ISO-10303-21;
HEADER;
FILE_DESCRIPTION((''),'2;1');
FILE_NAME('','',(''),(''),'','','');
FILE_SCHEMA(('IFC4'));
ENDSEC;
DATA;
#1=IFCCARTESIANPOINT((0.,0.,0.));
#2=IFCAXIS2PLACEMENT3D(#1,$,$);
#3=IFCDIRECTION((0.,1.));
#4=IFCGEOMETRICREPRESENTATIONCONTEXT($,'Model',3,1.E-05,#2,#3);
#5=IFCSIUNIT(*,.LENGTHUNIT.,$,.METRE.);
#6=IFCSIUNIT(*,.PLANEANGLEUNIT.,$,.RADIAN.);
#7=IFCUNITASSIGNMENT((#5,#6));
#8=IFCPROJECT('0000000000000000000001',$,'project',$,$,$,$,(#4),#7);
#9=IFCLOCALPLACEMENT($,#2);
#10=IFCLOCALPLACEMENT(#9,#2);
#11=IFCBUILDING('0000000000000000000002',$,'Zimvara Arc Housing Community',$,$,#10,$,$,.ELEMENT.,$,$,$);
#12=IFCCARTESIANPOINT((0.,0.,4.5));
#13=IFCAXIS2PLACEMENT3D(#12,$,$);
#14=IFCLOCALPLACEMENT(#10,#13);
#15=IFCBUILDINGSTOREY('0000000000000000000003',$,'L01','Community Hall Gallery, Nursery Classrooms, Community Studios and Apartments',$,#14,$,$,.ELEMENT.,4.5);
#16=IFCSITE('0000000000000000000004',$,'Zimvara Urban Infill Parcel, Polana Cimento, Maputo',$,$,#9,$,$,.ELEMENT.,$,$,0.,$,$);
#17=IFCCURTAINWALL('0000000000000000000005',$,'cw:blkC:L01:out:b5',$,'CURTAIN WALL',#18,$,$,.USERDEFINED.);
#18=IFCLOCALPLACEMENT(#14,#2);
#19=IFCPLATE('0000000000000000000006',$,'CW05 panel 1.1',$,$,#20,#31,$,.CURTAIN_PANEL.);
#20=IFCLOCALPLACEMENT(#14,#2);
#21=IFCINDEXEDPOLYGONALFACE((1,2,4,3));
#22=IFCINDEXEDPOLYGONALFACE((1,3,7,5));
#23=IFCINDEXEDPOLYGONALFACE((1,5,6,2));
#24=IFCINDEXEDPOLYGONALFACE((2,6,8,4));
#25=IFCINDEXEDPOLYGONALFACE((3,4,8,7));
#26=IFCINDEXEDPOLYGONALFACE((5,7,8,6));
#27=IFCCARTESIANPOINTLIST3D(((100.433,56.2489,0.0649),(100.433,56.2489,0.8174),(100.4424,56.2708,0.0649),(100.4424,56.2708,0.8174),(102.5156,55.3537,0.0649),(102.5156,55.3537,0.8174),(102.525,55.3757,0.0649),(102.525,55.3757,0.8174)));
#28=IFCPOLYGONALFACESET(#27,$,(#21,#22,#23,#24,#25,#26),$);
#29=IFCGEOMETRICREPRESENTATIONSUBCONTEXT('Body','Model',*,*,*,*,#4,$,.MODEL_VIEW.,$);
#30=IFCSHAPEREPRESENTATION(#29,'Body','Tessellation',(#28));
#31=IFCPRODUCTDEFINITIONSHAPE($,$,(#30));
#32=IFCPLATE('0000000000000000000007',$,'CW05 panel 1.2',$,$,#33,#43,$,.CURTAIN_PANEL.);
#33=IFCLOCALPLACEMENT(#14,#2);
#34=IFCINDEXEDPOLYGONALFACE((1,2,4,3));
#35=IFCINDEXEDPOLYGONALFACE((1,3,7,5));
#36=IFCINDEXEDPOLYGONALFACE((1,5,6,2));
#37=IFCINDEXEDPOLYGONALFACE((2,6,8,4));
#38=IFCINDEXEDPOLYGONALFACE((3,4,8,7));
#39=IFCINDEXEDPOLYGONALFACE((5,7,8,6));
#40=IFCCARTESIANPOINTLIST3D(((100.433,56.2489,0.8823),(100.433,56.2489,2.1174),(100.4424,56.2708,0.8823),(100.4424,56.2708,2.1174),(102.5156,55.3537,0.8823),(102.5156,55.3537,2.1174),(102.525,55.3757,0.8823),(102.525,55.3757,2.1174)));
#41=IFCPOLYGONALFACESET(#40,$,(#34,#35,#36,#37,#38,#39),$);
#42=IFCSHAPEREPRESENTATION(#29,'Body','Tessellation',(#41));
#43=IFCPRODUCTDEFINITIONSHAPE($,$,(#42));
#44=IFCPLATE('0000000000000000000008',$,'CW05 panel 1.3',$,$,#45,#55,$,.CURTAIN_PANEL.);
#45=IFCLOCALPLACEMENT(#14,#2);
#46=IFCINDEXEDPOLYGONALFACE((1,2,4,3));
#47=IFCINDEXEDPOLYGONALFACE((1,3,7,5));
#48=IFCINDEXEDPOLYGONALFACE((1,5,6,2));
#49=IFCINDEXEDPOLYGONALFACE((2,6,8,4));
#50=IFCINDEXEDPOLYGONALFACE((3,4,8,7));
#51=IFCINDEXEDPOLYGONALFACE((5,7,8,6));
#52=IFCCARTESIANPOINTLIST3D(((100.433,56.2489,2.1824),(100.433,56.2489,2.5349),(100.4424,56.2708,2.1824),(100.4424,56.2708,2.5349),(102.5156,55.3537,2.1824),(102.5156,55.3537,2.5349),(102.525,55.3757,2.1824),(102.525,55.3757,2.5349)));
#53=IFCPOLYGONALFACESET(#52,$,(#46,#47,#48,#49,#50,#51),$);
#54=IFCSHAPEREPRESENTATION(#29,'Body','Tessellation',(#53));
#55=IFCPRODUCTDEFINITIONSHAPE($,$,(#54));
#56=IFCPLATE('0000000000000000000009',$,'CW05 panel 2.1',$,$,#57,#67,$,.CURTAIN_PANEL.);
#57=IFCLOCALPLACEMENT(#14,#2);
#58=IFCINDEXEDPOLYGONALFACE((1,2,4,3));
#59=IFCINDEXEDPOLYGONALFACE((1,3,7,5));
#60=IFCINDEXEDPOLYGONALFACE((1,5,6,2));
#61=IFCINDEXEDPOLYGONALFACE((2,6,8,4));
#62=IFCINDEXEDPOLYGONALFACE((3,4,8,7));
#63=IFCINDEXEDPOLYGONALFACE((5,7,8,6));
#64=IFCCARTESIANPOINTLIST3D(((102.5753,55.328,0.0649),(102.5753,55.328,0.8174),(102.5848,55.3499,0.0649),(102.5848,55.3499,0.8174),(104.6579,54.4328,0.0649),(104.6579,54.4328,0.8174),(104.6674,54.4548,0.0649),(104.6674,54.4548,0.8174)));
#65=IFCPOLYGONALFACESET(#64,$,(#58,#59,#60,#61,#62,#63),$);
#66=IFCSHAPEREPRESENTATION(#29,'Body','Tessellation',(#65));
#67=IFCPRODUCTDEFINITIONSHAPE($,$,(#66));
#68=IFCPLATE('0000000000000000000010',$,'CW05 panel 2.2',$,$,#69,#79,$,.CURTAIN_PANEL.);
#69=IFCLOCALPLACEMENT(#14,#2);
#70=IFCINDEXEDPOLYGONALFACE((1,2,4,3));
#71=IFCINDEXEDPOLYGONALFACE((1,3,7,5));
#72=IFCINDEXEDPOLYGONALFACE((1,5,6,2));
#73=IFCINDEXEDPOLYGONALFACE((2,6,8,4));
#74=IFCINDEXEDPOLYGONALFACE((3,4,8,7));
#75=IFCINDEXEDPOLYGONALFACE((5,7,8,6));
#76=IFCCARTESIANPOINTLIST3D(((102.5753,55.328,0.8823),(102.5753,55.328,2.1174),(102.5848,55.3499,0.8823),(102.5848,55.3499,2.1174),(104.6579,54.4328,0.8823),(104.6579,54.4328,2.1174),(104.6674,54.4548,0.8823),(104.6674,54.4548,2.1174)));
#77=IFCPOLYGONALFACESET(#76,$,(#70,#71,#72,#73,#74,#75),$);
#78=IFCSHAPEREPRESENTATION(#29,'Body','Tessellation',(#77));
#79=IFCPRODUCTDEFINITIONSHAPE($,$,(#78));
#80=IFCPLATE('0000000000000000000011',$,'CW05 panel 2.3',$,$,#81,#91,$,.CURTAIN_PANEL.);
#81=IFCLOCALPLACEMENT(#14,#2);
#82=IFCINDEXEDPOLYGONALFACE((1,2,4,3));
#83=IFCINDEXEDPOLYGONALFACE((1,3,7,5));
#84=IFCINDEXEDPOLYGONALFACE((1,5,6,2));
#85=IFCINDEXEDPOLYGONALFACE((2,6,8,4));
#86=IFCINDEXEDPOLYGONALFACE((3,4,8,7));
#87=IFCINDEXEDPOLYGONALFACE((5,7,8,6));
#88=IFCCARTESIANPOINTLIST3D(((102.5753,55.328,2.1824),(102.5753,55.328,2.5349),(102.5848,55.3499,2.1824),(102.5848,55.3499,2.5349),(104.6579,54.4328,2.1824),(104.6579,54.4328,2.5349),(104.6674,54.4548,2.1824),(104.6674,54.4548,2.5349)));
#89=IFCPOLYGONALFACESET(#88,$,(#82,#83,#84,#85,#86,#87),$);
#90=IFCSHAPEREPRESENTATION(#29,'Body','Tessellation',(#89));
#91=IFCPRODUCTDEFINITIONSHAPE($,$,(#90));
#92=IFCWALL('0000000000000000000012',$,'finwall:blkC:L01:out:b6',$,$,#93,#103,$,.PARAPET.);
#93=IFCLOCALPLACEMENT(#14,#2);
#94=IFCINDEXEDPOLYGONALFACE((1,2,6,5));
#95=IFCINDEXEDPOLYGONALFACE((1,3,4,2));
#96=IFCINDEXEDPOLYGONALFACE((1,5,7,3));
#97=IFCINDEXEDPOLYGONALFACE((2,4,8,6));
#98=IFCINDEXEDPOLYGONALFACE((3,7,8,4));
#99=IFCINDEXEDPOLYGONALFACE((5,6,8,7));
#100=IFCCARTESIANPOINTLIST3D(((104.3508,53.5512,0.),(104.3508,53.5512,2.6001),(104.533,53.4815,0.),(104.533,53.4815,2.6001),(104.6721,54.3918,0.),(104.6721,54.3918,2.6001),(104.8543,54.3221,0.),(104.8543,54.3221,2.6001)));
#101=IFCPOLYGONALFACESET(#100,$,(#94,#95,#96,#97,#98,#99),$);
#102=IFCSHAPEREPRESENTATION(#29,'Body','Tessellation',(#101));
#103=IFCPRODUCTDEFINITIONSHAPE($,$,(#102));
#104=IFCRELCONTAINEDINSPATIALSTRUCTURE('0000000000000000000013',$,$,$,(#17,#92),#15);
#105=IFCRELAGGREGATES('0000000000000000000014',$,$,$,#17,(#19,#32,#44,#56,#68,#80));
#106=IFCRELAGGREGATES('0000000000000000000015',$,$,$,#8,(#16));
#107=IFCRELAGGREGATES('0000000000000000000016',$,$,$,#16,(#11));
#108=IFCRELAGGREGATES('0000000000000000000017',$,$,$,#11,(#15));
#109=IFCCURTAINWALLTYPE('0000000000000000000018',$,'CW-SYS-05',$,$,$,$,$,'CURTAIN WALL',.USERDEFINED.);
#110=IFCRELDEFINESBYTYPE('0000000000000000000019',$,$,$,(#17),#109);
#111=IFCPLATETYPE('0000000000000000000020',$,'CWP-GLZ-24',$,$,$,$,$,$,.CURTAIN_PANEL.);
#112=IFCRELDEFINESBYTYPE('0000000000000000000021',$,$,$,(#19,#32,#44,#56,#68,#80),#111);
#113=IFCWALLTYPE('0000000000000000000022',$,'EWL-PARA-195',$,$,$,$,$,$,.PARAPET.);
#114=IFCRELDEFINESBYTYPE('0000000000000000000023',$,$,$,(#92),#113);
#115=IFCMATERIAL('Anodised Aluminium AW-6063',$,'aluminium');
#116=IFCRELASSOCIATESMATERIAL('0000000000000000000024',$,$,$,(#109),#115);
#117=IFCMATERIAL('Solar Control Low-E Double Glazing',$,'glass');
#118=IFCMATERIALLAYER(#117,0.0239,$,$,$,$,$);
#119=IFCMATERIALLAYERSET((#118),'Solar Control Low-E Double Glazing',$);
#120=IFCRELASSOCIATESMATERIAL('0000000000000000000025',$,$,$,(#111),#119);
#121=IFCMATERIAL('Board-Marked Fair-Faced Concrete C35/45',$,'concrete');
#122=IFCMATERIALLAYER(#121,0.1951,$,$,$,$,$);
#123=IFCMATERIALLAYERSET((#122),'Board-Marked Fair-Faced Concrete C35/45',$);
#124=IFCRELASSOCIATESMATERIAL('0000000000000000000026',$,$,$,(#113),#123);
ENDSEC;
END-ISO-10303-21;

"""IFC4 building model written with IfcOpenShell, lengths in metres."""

from ifc_helpers import new_model, si_unit, direction, frame, frame_2d, origin, origin_2d, place, context, subcontext, project, spatial, rectangle, extrude, material, layer, layer_set, type_object, element, aggregate, save


model = new_model("IFC4")

# Units and contexts
model_context = context("Model", 3, precision=1e-05, world=origin(), true_north=direction((0.0, 1.0)))
body_context = subcontext(model_context, "Body", "Model", "MODEL_VIEW")
ifc_project = project(units=[si_unit("LENGTHUNIT", "METRE"), si_unit("PLANEANGLEUNIT", "RADIAN")], contexts=[model_context])

# Site, building, storey
site_placement = place(None, origin())
site = spatial("IfcSite", under=ifc_project, at=site_placement, Name="Zimvara Urban Infill Parcel, Polana Cimento, Maputo", CompositionType="ELEMENT", RefElevation=0.0)
building_placement = place(site_placement, origin())
building = spatial("IfcBuilding", under=site, at=building_placement, Name="Zimvara Arc Housing Community", CompositionType="ELEMENT")
storey_placement = place(building_placement, frame((0.0, 0.0, 4.5)))
storey = spatial("IfcBuildingStorey", under=building, at=storey_placement, Name="L01", Description="Community Hall Gallery, Nursery Classrooms, Community Studios and Apartments", CompositionType="ELEMENT", Elevation=4.5)

# Curtain wall
ifc_material_1 = material(Name="Anodised Aluminium AW-6063", Category="aluminium")
curtain_wall_type_1 = type_object("IfcCurtainWallType", Name="CW-SYS-05", ElementType="CURTAIN WALL", PredefinedType="USERDEFINED", material=ifc_material_1)
curtain_wall_1_placement = place(storey_placement, origin())
curtain_wall_1 = element("IfcCurtainWall", 1, at=curtain_wall_1_placement, inside=storey, type_object=curtain_wall_type_1, Name="cw:blkC:L01:out:b5", ObjectType="CURTAIN WALL", PredefinedType="USERDEFINED")

# Plates
ifc_material_2 = material(Name="Solar Control Low-E Double Glazing", Category="glass")
ifc_layer_1 = layer(ifc_material_2, 0.0239)
ifc_layer_set_1 = layer_set([ifc_layer_1], Name="Solar Control Low-E Double Glazing")
plate_type = type_object("IfcPlateType", Name="CWP-GLZ-24", PredefinedType="CURTAIN_PANEL", material=ifc_layer_set_1)
plate_1_placement = place(storey_placement, frame((101.479, 55.8123, 0.0649), z_axis=(0.0, 0.0, 1.0), x_axis=(0.918722, -0.394904, 0.0)))
plate_1 = element("IfcPlate", 2, at=plate_1_placement, type_object=plate_type, Name="CW05 panel 1.1", PredefinedType="CURTAIN_PANEL", context=body_context, shape_type="SweptSolid", body=[
    extrude(rectangle(XDim=2.2668, YDim=0.0239, at=origin_2d()), origin(), (0.0, 0.0, 1.0), 0.7524),
])
plate_2_placement = place(storey_placement, frame((101.479, 55.8123, 0.8823), z_axis=(0.0, 0.0, 1.0), x_axis=(0.918722, -0.394904, 0.0)))
plate_2 = element("IfcPlate", 3, at=plate_2_placement, type_object=plate_type, Name="CW05 panel 1.2", PredefinedType="CURTAIN_PANEL", context=body_context, shape_type="SweptSolid", body=[
    extrude(rectangle(XDim=2.2668, YDim=0.0239, at=origin_2d()), origin(), (0.0, 0.0, 1.0), 1.2351),
])
plate_3_placement = place(storey_placement, frame((101.479, 55.8123, 2.1824), z_axis=(0.0, 0.0, 1.0), x_axis=(0.918722, -0.394904, 0.0)))
plate_3 = element("IfcPlate", 4, at=plate_3_placement, type_object=plate_type, Name="CW05 panel 1.3", PredefinedType="CURTAIN_PANEL", context=body_context, shape_type="SweptSolid", body=[
    extrude(rectangle(XDim=2.2668, YDim=0.0239, at=origin_2d()), origin(), (0.0, 0.0, 1.0), 0.3525),
])
plate_4_placement = place(storey_placement, frame((103.6213, 54.8914, 0.0649), z_axis=(0.0, 0.0, 1.0), x_axis=(0.918722, -0.394904, 0.0)))
plate_4 = element("IfcPlate", 5, at=plate_4_placement, type_object=plate_type, Name="CW05 panel 2.1", PredefinedType="CURTAIN_PANEL", context=body_context, shape_type="SweptSolid", body=[
    extrude(rectangle(XDim=2.2668, YDim=0.0239, at=origin_2d()), origin(), (0.0, 0.0, 1.0), 0.7524),
])
plate_5_placement = place(storey_placement, frame((103.6213, 54.8914, 0.8823), z_axis=(0.0, 0.0, 1.0), x_axis=(0.918722, -0.394904, 0.0)))
plate_5 = element("IfcPlate", 6, at=plate_5_placement, type_object=plate_type, Name="CW05 panel 2.2", PredefinedType="CURTAIN_PANEL", context=body_context, shape_type="SweptSolid", body=[
    extrude(rectangle(XDim=2.2668, YDim=0.0239, at=origin_2d()), origin(), (0.0, 0.0, 1.0), 1.2351),
])
plate_6_placement = place(storey_placement, frame((103.6213, 54.8914, 2.1824), z_axis=(0.0, 0.0, 1.0), x_axis=(0.918722, -0.394904, 0.0)))
plate_6 = element("IfcPlate", 7, at=plate_6_placement, type_object=plate_type, Name="CW05 panel 2.3", PredefinedType="CURTAIN_PANEL", context=body_context, shape_type="SweptSolid", body=[
    extrude(rectangle(XDim=2.2668, YDim=0.0239, at=origin_2d()), origin(), (0.0, 0.0, 1.0), 0.3525),
])
aggregate(curtain_wall_1, [plate_1, plate_2, plate_3, plate_4, plate_5, plate_6])

# Wall
ifc_material_3 = material(Name="Board-Marked Fair-Faced Concrete C35/45", Category="concrete")
ifc_layer_2 = layer(ifc_material_3, 0.1951)
ifc_layer_set_2 = layer_set([ifc_layer_2], Name="Board-Marked Fair-Faced Concrete C35/45")
wall_type = type_object("IfcWallType", Name="EWL-PARA-195", PredefinedType="PARAPET", material=ifc_layer_set_2)
wall_placement = place(storey_placement, frame((104.7632, 54.3569, 0.0), z_axis=(0.0, 0.0, 1.0), x_axis=(-0.357033, -0.934092, 0.0)))
element("IfcWall", 8, at=wall_placement, inside=storey, type_object=wall_type, Name="finwall:blkC:L01:out:b6", PredefinedType="PARAPET", context=body_context, shape_type="SweptSolid", body=[
    extrude(rectangle(XDim=0.8999, YDim=0.1951, at=frame_2d((0.45, 0.0))), origin(), (0.0, 0.0, 1.0), 2.6001),
])

save(model, "model.ifc")
